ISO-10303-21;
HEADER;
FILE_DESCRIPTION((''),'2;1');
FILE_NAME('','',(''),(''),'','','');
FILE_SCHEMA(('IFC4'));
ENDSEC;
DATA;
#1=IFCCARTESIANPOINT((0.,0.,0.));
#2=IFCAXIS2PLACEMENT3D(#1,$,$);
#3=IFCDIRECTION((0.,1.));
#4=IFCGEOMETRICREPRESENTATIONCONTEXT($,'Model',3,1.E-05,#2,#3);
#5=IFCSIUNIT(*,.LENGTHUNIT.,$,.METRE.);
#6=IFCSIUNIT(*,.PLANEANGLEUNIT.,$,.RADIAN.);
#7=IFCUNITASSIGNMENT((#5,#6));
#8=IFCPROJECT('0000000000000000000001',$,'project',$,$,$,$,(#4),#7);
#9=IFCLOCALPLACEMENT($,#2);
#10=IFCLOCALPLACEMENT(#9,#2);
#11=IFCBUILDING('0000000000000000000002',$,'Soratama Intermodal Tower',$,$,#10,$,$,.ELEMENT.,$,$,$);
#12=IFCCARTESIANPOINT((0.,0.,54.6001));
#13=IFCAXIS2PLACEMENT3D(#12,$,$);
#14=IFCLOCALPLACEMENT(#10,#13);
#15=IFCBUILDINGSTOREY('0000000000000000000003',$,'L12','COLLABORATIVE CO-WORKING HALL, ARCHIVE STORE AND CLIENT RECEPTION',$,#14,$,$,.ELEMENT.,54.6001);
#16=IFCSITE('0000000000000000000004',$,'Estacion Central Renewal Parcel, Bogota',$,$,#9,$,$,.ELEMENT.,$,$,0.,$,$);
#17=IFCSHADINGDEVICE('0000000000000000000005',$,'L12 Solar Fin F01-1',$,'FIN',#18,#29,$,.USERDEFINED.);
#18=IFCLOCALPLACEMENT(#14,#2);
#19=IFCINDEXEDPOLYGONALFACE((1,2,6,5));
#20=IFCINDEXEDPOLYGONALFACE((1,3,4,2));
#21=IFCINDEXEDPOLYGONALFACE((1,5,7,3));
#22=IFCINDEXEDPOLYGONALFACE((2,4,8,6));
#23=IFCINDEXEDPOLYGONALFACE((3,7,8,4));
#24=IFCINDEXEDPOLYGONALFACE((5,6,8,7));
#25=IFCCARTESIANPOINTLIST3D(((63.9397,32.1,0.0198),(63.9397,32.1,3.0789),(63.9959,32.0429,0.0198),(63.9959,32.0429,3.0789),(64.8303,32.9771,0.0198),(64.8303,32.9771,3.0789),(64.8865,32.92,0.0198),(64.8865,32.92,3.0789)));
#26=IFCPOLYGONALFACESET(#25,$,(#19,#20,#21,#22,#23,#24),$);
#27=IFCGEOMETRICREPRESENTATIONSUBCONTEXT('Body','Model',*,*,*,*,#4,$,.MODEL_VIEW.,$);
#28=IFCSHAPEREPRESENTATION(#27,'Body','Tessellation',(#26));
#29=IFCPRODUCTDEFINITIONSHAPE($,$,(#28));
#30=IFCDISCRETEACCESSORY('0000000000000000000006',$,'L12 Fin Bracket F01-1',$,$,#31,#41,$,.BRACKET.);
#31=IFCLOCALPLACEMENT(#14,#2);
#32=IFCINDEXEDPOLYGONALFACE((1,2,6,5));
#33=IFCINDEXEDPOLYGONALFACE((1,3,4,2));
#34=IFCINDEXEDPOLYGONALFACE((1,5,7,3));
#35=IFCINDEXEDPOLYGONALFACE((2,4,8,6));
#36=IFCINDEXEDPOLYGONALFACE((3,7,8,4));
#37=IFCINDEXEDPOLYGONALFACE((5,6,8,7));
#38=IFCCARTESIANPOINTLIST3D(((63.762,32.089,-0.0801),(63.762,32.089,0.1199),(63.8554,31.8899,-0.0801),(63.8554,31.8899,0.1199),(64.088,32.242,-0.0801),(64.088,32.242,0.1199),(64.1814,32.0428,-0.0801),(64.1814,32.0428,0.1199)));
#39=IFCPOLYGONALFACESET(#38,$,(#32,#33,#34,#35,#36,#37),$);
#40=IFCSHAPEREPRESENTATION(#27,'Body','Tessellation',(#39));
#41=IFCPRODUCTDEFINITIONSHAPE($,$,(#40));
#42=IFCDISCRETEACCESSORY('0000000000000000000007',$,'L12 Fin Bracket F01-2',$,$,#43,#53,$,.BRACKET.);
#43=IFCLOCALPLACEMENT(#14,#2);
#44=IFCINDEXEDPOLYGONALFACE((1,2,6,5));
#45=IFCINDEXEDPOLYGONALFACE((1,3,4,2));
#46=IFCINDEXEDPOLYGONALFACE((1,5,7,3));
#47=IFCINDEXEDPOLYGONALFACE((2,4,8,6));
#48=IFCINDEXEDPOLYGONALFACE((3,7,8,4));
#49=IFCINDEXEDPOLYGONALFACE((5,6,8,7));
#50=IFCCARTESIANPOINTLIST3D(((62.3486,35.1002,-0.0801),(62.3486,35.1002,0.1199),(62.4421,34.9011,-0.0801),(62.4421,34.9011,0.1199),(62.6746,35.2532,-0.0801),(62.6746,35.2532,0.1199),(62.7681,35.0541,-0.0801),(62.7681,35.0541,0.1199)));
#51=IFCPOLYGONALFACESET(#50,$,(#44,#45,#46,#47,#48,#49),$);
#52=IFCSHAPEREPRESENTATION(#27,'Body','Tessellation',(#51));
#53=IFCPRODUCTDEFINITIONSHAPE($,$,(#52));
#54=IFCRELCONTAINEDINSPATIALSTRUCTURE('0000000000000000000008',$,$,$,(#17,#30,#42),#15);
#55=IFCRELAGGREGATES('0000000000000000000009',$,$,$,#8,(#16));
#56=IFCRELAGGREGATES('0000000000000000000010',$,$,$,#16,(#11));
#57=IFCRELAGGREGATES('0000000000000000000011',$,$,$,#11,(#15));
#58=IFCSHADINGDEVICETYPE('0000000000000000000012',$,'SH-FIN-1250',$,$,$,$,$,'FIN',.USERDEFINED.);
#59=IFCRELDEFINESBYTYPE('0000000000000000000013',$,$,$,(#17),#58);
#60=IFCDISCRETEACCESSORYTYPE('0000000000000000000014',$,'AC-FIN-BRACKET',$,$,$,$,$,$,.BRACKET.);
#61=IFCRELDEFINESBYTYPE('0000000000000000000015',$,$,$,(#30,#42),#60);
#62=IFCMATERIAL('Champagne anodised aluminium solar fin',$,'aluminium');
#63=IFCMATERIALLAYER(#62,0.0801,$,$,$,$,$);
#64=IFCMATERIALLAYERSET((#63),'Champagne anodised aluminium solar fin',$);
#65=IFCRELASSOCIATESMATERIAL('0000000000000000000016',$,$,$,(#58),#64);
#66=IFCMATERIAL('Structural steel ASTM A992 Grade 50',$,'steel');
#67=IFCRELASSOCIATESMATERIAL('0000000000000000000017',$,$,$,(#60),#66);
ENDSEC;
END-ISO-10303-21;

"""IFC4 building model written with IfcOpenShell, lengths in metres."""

from ifc_helpers import new_model, si_unit, direction, frame, origin, origin_2d, place, context, subcontext, project, spatial, rectangle, extrude, material, layer, layer_set, type_object, element, save


model = new_model("IFC4")

# Units and contexts
model_context = context("Model", 3, precision=1e-05, world=origin(), true_north=direction((0.0, 1.0)))
body_context = subcontext(model_context, "Body", "Model", "MODEL_VIEW")
ifc_project = project(units=[si_unit("LENGTHUNIT", "METRE"), si_unit("PLANEANGLEUNIT", "RADIAN")], contexts=[model_context])

# Site, building, storey
site_placement = place(None, origin())
site = spatial("IfcSite", under=ifc_project, at=site_placement, Name="Estacion Central Renewal Parcel, Bogota", CompositionType="ELEMENT", RefElevation=0.0)
building_placement = place(site_placement, origin())
building = spatial("IfcBuilding", under=site, at=building_placement, Name="Soratama Intermodal Tower", CompositionType="ELEMENT")
storey_placement = place(building_placement, frame((0.0, 0.0, 54.6001)))
storey = spatial("IfcBuildingStorey", under=building, at=storey_placement, Name="L12", Description="COLLABORATIVE CO-WORKING HALL, ARCHIVE STORE AND CLIENT RECEPTION", CompositionType="ELEMENT", Elevation=54.6001)

# Shading device
ifc_material_1 = material(Name="Champagne anodised aluminium solar fin", Category="aluminium")
ifc_layer_1 = layer(ifc_material_1, 0.0801)
ifc_layer_set_1 = layer_set([ifc_layer_1], Name="Champagne anodised aluminium solar fin")
shading_device_type = type_object("IfcShadingDeviceType", Name="SH-FIN-1250", ElementType="FIN", PredefinedType="USERDEFINED", material=ifc_layer_set_1)
shading_device_placement = place(storey_placement, frame((64.4131, 32.51, 0.0198), z_axis=(0.0, 0.0, 1.0), x_axis=(0.712516, 0.701656, 0.0)))
element("IfcShadingDevice", 1, at=shading_device_placement, inside=storey, type_object=shading_device_type, Name="L12 Solar Fin F01-1", ObjectType="FIN", PredefinedType="USERDEFINED", context=body_context, shape_type="SweptSolid", body=[
    extrude(rectangle(XDim=1.25, YDim=0.0801, at=origin_2d()), origin(), (0.0, 0.0, 1.0), 3.0591),
])

# Discrete accessories
ifc_material_2 = material(Name="Structural steel ASTM A992 Grade 50", Category="steel")
discrete_accessory_type = type_object("IfcDiscreteAccessoryType", Name="AC-FIN-BRACKET", PredefinedType="BRACKET", material=ifc_material_2)
for number, where, z_axis, x_axis, name in (
    (2, (63.9717, 32.0659, -0.0801), (0.0, 0.0, 1.0), (0.905272, 0.424832, 0.0), "L12 Fin Bracket F01-1"),
    (3, (62.5583, 35.0771, -0.0801), (0.0, 0.0, 1.0), (0.905272, 0.424832, 0.0), "L12 Fin Bracket F01-2"),
):
    element("IfcDiscreteAccessory", number, at=place(storey_placement, frame(where, z_axis=z_axis, x_axis=x_axis)), inside=storey, type_object=discrete_accessory_type, Name=name, PredefinedType="BRACKET", context=body_context, shape_type="SweptSolid", body=[
        extrude(rectangle(XDim=0.3601, YDim=0.22, at=origin_2d()), origin(), (0.0, 0.0, 1.0), 0.2),
    ])

save(model, "model.ifc")
